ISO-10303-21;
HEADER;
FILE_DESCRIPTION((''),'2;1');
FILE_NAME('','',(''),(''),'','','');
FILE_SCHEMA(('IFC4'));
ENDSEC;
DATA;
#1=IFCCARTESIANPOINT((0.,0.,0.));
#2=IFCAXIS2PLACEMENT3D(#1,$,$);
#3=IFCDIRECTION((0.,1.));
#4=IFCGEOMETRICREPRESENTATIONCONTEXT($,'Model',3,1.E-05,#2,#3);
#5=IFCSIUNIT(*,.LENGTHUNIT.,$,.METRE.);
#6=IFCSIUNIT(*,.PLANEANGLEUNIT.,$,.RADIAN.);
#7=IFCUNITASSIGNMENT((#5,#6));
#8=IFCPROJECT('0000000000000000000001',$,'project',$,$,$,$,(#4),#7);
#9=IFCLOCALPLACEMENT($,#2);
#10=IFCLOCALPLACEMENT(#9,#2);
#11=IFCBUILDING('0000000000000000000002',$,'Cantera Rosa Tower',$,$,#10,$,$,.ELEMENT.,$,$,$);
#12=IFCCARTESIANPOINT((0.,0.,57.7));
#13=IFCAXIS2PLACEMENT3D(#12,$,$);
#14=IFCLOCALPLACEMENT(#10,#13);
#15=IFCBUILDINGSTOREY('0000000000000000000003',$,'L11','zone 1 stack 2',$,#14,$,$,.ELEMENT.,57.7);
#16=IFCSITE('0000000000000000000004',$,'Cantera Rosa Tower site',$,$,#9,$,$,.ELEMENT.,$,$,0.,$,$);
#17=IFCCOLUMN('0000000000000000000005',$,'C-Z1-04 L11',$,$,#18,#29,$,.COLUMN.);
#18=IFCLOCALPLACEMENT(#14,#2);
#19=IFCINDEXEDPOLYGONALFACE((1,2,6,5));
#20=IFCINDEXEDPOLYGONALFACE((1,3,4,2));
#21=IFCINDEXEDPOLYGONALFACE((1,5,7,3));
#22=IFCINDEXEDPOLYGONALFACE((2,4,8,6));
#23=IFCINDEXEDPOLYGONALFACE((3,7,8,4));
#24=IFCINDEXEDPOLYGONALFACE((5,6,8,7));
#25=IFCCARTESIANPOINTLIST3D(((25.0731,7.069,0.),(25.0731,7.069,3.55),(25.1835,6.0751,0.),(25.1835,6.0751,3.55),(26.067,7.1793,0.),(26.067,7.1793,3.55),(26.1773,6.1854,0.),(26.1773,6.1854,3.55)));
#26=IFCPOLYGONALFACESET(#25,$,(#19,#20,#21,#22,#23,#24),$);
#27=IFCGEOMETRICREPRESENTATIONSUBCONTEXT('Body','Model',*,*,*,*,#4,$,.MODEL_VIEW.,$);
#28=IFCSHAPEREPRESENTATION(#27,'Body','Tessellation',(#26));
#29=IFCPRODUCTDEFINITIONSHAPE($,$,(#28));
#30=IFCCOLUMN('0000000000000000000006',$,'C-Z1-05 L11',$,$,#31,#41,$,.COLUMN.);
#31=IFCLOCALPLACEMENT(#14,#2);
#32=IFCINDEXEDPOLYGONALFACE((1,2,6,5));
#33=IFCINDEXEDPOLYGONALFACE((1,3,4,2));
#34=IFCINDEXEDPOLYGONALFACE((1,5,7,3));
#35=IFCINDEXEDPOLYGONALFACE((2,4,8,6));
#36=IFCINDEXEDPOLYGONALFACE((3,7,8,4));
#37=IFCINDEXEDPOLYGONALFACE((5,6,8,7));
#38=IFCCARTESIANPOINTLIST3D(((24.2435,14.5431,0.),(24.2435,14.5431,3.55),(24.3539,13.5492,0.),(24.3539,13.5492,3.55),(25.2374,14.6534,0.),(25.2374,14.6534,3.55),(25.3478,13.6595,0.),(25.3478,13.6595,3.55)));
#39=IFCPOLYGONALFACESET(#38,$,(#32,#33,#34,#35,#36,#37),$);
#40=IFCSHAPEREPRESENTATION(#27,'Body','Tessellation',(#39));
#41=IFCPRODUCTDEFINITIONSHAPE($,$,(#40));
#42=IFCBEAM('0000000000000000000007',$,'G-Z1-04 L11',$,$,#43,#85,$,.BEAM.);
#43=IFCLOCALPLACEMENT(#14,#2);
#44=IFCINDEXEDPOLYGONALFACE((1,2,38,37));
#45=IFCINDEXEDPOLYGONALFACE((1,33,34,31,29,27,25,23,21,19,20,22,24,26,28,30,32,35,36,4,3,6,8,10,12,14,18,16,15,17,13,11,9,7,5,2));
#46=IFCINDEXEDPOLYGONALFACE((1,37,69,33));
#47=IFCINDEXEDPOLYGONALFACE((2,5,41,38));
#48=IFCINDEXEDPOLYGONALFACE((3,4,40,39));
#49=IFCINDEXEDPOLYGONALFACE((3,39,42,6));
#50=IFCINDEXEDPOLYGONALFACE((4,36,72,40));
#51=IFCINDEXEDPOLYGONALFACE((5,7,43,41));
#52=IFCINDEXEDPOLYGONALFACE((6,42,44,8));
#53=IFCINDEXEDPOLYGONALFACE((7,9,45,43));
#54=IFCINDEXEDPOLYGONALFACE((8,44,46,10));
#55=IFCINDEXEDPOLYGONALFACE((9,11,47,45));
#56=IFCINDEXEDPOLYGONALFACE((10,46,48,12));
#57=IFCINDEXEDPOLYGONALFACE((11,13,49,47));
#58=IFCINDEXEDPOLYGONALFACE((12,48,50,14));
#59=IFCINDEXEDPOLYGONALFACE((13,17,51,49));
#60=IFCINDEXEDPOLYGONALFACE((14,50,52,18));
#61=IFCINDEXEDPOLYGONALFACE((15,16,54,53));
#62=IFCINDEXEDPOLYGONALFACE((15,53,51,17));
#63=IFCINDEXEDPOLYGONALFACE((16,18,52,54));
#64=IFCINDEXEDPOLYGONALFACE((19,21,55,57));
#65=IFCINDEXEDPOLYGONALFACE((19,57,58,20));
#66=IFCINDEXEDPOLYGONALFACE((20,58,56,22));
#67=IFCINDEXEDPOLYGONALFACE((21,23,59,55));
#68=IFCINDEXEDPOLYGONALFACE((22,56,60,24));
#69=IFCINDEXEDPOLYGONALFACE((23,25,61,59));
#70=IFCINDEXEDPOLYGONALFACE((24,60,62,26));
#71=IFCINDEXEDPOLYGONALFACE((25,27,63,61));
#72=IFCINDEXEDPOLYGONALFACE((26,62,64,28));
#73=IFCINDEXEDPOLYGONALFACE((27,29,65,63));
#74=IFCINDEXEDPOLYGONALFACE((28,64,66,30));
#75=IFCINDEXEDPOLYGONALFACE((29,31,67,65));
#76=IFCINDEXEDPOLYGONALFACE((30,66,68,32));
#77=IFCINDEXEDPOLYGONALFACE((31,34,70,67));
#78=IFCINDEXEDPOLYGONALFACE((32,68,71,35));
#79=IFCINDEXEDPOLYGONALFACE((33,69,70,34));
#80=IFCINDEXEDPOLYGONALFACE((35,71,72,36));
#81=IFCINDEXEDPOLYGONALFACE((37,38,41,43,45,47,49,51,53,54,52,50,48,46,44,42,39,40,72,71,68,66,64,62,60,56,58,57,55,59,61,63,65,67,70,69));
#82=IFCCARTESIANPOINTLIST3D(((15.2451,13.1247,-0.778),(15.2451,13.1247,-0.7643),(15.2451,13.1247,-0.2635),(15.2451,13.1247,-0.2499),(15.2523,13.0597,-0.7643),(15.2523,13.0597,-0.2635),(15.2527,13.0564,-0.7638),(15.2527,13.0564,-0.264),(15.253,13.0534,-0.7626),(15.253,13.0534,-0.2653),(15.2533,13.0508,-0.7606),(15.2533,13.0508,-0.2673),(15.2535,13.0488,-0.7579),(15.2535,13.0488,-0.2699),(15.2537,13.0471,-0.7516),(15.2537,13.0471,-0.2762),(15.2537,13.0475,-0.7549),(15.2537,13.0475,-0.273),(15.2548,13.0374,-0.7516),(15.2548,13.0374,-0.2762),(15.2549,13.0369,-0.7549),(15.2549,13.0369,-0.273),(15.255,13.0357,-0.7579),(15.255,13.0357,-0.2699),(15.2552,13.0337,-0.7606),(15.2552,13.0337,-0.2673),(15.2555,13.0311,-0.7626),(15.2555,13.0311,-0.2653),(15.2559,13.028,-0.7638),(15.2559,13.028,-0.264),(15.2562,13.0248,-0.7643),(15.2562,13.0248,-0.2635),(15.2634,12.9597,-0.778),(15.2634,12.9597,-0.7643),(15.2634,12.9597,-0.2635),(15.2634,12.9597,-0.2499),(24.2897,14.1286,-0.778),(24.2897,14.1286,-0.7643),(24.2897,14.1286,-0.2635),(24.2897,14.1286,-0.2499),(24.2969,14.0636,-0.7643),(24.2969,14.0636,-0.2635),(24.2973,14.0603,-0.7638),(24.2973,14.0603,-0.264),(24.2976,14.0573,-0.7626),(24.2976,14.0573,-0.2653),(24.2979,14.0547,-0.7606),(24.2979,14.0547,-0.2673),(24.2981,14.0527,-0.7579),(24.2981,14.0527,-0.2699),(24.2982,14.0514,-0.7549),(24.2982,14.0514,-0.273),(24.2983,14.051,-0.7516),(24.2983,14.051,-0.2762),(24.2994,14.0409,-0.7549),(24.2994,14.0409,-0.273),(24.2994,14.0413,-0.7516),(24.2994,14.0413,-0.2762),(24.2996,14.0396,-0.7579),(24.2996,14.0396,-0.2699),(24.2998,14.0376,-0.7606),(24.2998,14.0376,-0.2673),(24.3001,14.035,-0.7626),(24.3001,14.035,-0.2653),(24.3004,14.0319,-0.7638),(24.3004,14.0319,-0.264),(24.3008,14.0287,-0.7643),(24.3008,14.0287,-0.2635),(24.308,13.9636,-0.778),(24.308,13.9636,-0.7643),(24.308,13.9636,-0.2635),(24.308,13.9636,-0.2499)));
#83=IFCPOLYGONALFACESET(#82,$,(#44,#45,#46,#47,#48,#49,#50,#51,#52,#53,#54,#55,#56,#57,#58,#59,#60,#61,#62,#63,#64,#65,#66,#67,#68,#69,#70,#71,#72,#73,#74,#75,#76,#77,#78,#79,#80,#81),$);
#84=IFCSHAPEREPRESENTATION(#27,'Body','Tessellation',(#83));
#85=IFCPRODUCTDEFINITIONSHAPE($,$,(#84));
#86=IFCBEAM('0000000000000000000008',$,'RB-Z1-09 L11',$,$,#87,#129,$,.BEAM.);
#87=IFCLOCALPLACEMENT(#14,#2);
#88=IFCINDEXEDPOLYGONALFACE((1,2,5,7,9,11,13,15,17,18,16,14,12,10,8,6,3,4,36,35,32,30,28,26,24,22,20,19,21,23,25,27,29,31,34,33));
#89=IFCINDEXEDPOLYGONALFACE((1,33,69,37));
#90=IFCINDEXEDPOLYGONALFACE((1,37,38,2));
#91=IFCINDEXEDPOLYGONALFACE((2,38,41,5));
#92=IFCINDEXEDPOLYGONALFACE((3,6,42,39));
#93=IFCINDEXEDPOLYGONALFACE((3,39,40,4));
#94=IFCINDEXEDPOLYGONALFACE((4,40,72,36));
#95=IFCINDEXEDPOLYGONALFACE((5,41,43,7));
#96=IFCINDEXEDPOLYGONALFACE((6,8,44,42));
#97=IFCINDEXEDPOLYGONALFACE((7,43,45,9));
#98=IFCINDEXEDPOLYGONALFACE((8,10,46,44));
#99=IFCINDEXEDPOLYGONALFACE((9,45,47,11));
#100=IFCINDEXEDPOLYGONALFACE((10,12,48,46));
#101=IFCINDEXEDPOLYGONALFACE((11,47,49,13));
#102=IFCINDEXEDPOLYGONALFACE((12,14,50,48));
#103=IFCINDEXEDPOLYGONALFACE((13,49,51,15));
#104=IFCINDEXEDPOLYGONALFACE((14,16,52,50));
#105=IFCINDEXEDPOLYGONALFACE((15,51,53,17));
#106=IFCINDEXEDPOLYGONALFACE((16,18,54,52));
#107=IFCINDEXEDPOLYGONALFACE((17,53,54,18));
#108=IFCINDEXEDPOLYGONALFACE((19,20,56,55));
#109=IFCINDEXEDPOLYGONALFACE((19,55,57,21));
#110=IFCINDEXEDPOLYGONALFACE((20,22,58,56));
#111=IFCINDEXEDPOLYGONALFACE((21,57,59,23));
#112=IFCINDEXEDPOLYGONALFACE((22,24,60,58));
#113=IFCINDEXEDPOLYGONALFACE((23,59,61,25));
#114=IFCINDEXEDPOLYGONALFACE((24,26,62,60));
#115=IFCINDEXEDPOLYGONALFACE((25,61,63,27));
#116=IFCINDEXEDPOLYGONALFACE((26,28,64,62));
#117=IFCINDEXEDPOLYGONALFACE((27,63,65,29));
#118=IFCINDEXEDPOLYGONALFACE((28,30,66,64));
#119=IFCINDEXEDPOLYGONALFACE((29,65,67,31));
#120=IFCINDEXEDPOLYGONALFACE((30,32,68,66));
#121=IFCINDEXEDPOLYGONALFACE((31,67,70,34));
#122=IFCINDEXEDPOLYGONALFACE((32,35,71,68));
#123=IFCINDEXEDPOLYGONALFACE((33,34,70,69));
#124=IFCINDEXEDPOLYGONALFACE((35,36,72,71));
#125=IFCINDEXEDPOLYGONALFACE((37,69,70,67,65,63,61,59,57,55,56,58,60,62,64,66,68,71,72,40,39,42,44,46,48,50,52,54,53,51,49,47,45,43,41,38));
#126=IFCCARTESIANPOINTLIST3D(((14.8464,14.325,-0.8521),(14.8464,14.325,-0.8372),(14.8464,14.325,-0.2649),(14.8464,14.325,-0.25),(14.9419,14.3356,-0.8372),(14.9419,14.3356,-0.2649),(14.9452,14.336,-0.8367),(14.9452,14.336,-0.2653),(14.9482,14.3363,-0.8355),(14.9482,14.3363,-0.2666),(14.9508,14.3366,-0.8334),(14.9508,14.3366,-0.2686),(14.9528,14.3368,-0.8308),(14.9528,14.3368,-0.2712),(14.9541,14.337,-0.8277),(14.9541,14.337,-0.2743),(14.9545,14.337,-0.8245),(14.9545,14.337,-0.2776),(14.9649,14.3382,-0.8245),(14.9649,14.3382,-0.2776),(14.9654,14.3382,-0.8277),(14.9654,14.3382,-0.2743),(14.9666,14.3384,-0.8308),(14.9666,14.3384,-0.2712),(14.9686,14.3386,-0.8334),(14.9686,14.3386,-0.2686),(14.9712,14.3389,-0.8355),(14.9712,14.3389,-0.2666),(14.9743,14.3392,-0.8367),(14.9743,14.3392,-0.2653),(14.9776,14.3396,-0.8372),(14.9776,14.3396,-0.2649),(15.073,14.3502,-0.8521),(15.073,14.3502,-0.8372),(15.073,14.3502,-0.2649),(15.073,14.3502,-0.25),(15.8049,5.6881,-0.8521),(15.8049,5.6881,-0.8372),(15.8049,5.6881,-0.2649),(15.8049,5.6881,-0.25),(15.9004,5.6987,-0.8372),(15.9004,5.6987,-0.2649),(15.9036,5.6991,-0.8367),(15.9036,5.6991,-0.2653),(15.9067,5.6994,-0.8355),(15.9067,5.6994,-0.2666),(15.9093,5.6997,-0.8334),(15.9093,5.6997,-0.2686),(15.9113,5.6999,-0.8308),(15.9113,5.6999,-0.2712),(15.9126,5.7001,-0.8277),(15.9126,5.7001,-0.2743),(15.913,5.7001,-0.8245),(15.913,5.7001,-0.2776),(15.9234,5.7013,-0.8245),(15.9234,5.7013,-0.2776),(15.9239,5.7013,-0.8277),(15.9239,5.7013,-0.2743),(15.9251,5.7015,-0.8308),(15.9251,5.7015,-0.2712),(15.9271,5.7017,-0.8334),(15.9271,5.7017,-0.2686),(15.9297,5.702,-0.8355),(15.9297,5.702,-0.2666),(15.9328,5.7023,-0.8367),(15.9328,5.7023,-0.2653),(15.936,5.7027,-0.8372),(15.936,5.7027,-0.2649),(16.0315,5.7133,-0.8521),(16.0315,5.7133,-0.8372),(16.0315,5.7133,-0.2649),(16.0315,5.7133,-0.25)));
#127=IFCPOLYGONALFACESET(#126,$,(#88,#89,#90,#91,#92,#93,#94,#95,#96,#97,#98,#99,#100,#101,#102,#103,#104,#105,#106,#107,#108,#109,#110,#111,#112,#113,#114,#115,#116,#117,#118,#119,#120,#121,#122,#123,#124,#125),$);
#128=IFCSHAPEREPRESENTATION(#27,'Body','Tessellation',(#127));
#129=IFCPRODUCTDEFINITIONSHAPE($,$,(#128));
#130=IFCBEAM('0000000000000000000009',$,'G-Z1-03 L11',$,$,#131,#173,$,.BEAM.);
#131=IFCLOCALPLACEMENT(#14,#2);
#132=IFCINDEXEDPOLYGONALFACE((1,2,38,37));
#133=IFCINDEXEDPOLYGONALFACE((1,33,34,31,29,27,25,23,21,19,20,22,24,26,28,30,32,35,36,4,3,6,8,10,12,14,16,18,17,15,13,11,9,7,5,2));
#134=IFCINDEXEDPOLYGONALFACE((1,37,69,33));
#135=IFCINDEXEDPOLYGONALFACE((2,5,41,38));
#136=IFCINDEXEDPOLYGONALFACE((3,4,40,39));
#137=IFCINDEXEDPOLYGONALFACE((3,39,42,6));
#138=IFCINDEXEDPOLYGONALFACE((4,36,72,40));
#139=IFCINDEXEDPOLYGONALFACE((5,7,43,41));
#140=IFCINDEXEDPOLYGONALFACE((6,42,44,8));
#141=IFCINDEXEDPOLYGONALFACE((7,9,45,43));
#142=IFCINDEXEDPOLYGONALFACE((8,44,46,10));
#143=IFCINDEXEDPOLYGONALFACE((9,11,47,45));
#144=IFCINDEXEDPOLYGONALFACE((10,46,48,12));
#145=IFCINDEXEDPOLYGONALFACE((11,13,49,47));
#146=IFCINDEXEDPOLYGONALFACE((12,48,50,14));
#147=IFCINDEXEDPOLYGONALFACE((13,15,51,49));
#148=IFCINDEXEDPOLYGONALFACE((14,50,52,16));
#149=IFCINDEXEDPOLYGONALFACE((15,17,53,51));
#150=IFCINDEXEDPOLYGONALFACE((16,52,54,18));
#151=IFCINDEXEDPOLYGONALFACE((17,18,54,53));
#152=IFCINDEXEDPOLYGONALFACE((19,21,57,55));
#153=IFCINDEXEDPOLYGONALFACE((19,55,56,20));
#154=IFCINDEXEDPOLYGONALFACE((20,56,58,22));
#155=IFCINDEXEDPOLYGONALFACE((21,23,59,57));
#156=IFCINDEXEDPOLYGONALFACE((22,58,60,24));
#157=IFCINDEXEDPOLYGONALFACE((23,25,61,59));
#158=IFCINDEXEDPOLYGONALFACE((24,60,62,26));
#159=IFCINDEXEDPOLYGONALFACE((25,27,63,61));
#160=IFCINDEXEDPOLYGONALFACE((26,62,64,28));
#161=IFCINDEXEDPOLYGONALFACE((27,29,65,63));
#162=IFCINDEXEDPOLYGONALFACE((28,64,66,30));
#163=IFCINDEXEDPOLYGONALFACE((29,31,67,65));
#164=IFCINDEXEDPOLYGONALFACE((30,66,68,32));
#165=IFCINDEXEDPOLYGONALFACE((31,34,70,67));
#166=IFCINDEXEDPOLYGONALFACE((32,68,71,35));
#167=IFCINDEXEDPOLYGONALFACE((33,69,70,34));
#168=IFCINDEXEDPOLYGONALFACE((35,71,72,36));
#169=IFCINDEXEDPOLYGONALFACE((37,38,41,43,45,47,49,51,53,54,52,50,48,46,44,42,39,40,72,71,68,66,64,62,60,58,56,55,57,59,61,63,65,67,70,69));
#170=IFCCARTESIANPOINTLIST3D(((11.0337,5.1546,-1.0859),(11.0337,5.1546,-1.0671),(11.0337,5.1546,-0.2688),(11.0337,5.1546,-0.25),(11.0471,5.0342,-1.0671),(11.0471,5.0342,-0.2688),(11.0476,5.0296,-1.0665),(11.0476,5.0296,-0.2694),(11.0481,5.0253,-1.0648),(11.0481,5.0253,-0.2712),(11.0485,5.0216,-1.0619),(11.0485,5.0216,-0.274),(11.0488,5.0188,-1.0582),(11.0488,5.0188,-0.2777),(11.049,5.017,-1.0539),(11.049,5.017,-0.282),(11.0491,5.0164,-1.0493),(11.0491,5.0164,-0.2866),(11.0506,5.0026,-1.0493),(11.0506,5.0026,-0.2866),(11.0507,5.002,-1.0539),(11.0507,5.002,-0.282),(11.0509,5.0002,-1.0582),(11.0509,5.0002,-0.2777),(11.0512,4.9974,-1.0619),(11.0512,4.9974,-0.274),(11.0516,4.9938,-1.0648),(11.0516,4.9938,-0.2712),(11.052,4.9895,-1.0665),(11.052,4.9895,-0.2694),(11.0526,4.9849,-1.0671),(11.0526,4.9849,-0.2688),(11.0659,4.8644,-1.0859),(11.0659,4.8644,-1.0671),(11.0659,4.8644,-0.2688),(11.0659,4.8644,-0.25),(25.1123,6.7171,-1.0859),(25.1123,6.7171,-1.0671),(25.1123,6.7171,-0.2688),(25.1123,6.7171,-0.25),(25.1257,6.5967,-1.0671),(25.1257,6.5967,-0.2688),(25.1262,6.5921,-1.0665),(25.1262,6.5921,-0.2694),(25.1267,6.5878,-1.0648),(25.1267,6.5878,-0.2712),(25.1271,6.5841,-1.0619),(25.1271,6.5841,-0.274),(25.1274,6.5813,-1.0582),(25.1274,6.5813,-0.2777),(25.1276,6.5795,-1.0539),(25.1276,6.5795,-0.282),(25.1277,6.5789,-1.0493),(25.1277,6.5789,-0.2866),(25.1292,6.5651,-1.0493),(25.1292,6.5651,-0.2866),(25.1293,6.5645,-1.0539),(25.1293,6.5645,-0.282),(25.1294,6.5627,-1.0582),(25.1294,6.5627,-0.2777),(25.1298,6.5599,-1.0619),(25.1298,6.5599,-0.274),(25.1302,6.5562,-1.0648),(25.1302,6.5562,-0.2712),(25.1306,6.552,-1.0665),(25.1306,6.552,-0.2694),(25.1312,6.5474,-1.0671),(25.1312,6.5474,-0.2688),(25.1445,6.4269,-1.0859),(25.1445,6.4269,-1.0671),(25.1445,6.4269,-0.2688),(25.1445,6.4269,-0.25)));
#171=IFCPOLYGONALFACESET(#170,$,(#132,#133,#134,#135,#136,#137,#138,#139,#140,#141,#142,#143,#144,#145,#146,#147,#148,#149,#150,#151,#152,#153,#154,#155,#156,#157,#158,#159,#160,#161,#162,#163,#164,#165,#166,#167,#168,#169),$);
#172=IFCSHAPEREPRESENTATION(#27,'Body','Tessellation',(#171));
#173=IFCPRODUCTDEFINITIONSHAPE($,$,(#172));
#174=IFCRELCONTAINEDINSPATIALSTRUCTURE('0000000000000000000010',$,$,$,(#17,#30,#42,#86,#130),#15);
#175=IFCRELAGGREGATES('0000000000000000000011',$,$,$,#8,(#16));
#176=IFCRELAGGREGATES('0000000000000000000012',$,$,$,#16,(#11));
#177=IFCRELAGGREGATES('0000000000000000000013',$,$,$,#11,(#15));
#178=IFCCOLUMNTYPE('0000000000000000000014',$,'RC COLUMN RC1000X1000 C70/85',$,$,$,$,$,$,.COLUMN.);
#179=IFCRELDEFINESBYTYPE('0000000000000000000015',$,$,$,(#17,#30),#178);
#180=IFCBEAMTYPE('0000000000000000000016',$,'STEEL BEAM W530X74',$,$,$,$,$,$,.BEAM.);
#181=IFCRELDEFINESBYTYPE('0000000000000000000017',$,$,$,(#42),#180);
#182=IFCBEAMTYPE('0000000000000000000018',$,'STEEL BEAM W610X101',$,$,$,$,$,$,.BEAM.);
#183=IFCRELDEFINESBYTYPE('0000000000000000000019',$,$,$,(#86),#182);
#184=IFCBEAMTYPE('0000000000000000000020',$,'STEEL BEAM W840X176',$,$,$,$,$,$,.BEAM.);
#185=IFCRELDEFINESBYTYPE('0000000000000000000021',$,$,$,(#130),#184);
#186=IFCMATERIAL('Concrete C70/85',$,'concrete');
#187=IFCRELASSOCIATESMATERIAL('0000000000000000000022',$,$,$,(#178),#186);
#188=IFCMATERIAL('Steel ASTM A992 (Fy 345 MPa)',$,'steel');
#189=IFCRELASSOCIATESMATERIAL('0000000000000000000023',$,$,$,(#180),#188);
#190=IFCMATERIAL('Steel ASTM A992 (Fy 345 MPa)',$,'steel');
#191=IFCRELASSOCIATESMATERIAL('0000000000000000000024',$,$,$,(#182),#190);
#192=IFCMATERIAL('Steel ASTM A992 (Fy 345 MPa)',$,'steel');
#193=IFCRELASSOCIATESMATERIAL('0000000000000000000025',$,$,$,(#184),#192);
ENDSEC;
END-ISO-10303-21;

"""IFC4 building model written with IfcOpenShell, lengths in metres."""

from ifc_helpers import new_model, si_unit, direction, frame, origin, origin_2d, place, context, subcontext, project, spatial, rectangle, i_section, extrude, material, material_profile, profile_set, type_object, element, save


model = new_model("IFC4")

# Units and contexts
model_context = context("Model", 3, precision=1e-05, world=origin(), true_north=direction((0.0, 1.0)))
body_context = subcontext(model_context, "Body", "Model", "MODEL_VIEW")
ifc_project = project(units=[si_unit("LENGTHUNIT", "METRE"), si_unit("PLANEANGLEUNIT", "RADIAN")], contexts=[model_context])

# Site, building, storey
site_placement = place(None, origin())
site = spatial("IfcSite", under=ifc_project, at=site_placement, Name="Cantera Rosa Tower site", CompositionType="ELEMENT", RefElevation=0.0)
building_placement = place(site_placement, origin())
building = spatial("IfcBuilding", under=site, at=building_placement, Name="Cantera Rosa Tower", CompositionType="ELEMENT")
storey_placement = place(building_placement, frame((0.0, 0.0, 57.7)))
storey = spatial("IfcBuildingStorey", under=building, at=storey_placement, Name="L11", Description="zone 1 stack 2", CompositionType="ELEMENT", Elevation=57.7)

# Columns
ifc_material_1 = material(Name="Concrete C70/85", Category="concrete")
ifc_material_profile_1 = material_profile(ifc_material_1, rectangle(XDim=1.0, YDim=1.0, at=origin_2d()), Name="RC COLUMN RC1000X1000 C70/85")
ifc_profile_set_1 = profile_set([ifc_material_profile_1], Name="Concrete C70/85")
column_type = type_object("IfcColumnType", Name="RC COLUMN RC1000X1000 C70/85", PredefinedType="COLUMN", material=ifc_profile_set_1)
for number, where, z_axis, x_axis, name in (
    (1, (25.6252, 6.6272, 0.0), (0.0, 0.0, 1.0), (0.993897, 0.110313, 0.0), "C-Z1-04 L11"),
    (2, (24.7957, 14.1013, 0.0), (0.0, 0.0, 1.0), (0.993897, 0.110313, 0.0), "C-Z1-05 L11"),
):
    element("IfcColumn", number, at=place(storey_placement, frame(where, z_axis=z_axis, x_axis=x_axis)), inside=storey, type_object=column_type, Name=name, PredefinedType="COLUMN", context=body_context, shape_type="SweptSolid", body=[
        extrude(rectangle(XDim=1.0, YDim=1.0, at=origin_2d()), origin(), (0.0, 0.0, 1.0), 3.55),
    ])

# Beams
ifc_material_2 = material(Name="Steel ASTM A992 (Fy 345 MPa)", Category="steel")
ifc_material_profile_2 = material_profile(ifc_material_2, i_section(OverallWidth=0.166, OverallDepth=0.5281, WebThickness=0.0098, FlangeThickness=0.0137, FilletRadius=0.0127, at=origin_2d()), Name="W530X74")
ifc_profile_set_2 = profile_set([ifc_material_profile_2], Name="Steel ASTM A992 (Fy 345 MPa)")
beam_type_1 = type_object("IfcBeamType", Name="STEEL BEAM W530X74", PredefinedType="BEAM", material=ifc_profile_set_2)
beam_1_placement = place(storey_placement, frame((24.2988, 14.0461, -0.5139), z_axis=(-0.993896, -0.11032, 0.0), x_axis=(0.11032, -0.993896, 0.0)))
element("IfcBeam", 3, at=beam_1_placement, inside=storey, type_object=beam_type_1, Name="G-Z1-04 L11", PredefinedType="BEAM", context=body_context, shape_type="SweptSolid", body=[
    extrude(i_section(OverallWidth=0.166, OverallDepth=0.5281, WebThickness=0.0098, FlangeThickness=0.0137, FilletRadius=0.0127, at=origin_2d()), origin(), (0.0, 0.0, 1.0), 9.1001),
])
ifc_material_3 = material(Name="Steel ASTM A992 (Fy 345 MPa)", Category="steel")
ifc_material_profile_3 = material_profile(ifc_material_3, i_section(OverallWidth=0.228, OverallDepth=0.6021, WebThickness=0.0105, FlangeThickness=0.0149, FilletRadius=0.0127, at=origin_2d()), Name="W610X101")
ifc_profile_set_3 = profile_set([ifc_material_profile_3], Name="Steel ASTM A992 (Fy 345 MPa)")
beam_type_2 = type_object("IfcBeamType", Name="STEEL BEAM W610X101", PredefinedType="BEAM", material=ifc_profile_set_3)
beam_2_placement = place(storey_placement, frame((15.9182, 5.7007, -0.551), z_axis=(-0.110299, 0.993898, 0.0), x_axis=(-0.993898, -0.110299, 0.0)))
element("IfcBeam", 4, at=beam_2_placement, inside=storey, type_object=beam_type_2, Name="RB-Z1-09 L11", PredefinedType="BEAM", context=body_context, shape_type="SweptSolid", body=[
    extrude(i_section(OverallWidth=0.228, OverallDepth=0.6021, WebThickness=0.0105, FlangeThickness=0.0149, FilletRadius=0.0127, at=origin_2d()), origin(), (0.0, 0.0, 1.0), 8.6899),
])
ifc_material_4 = material(Name="Steel ASTM A992 (Fy 345 MPa)", Category="steel")
ifc_material_profile_4 = material_profile(ifc_material_4, i_section(OverallWidth=0.292, OverallDepth=0.8359, WebThickness=0.0139, FlangeThickness=0.0188, FilletRadius=0.0178, at=origin_2d()), Name="W840X176")
ifc_profile_set_4 = profile_set([ifc_material_profile_4], Name="Steel ASTM A992 (Fy 345 MPa)")
beam_type_3 = type_object("IfcBeamType", Name="STEEL BEAM W840X176", PredefinedType="BEAM", material=ifc_profile_set_4)
beam_3_placement = place(storey_placement, frame((25.1284, 6.572, -0.668), z_axis=(-0.993898, -0.110307, 0.0), x_axis=(0.110307, -0.993898, 0.0)))
element("IfcBeam", 5, at=beam_3_placement, inside=storey, type_object=beam_type_3, Name="G-Z1-03 L11", PredefinedType="BEAM", context=body_context, shape_type="SweptSolid", body=[
    extrude(i_section(OverallWidth=0.292, OverallDepth=0.8359, WebThickness=0.0139, FlangeThickness=0.0188, FilletRadius=0.0178, at=origin_2d()), origin(), (0.0, 0.0, 1.0), 14.165),
])

save(model, "model.ifc")
